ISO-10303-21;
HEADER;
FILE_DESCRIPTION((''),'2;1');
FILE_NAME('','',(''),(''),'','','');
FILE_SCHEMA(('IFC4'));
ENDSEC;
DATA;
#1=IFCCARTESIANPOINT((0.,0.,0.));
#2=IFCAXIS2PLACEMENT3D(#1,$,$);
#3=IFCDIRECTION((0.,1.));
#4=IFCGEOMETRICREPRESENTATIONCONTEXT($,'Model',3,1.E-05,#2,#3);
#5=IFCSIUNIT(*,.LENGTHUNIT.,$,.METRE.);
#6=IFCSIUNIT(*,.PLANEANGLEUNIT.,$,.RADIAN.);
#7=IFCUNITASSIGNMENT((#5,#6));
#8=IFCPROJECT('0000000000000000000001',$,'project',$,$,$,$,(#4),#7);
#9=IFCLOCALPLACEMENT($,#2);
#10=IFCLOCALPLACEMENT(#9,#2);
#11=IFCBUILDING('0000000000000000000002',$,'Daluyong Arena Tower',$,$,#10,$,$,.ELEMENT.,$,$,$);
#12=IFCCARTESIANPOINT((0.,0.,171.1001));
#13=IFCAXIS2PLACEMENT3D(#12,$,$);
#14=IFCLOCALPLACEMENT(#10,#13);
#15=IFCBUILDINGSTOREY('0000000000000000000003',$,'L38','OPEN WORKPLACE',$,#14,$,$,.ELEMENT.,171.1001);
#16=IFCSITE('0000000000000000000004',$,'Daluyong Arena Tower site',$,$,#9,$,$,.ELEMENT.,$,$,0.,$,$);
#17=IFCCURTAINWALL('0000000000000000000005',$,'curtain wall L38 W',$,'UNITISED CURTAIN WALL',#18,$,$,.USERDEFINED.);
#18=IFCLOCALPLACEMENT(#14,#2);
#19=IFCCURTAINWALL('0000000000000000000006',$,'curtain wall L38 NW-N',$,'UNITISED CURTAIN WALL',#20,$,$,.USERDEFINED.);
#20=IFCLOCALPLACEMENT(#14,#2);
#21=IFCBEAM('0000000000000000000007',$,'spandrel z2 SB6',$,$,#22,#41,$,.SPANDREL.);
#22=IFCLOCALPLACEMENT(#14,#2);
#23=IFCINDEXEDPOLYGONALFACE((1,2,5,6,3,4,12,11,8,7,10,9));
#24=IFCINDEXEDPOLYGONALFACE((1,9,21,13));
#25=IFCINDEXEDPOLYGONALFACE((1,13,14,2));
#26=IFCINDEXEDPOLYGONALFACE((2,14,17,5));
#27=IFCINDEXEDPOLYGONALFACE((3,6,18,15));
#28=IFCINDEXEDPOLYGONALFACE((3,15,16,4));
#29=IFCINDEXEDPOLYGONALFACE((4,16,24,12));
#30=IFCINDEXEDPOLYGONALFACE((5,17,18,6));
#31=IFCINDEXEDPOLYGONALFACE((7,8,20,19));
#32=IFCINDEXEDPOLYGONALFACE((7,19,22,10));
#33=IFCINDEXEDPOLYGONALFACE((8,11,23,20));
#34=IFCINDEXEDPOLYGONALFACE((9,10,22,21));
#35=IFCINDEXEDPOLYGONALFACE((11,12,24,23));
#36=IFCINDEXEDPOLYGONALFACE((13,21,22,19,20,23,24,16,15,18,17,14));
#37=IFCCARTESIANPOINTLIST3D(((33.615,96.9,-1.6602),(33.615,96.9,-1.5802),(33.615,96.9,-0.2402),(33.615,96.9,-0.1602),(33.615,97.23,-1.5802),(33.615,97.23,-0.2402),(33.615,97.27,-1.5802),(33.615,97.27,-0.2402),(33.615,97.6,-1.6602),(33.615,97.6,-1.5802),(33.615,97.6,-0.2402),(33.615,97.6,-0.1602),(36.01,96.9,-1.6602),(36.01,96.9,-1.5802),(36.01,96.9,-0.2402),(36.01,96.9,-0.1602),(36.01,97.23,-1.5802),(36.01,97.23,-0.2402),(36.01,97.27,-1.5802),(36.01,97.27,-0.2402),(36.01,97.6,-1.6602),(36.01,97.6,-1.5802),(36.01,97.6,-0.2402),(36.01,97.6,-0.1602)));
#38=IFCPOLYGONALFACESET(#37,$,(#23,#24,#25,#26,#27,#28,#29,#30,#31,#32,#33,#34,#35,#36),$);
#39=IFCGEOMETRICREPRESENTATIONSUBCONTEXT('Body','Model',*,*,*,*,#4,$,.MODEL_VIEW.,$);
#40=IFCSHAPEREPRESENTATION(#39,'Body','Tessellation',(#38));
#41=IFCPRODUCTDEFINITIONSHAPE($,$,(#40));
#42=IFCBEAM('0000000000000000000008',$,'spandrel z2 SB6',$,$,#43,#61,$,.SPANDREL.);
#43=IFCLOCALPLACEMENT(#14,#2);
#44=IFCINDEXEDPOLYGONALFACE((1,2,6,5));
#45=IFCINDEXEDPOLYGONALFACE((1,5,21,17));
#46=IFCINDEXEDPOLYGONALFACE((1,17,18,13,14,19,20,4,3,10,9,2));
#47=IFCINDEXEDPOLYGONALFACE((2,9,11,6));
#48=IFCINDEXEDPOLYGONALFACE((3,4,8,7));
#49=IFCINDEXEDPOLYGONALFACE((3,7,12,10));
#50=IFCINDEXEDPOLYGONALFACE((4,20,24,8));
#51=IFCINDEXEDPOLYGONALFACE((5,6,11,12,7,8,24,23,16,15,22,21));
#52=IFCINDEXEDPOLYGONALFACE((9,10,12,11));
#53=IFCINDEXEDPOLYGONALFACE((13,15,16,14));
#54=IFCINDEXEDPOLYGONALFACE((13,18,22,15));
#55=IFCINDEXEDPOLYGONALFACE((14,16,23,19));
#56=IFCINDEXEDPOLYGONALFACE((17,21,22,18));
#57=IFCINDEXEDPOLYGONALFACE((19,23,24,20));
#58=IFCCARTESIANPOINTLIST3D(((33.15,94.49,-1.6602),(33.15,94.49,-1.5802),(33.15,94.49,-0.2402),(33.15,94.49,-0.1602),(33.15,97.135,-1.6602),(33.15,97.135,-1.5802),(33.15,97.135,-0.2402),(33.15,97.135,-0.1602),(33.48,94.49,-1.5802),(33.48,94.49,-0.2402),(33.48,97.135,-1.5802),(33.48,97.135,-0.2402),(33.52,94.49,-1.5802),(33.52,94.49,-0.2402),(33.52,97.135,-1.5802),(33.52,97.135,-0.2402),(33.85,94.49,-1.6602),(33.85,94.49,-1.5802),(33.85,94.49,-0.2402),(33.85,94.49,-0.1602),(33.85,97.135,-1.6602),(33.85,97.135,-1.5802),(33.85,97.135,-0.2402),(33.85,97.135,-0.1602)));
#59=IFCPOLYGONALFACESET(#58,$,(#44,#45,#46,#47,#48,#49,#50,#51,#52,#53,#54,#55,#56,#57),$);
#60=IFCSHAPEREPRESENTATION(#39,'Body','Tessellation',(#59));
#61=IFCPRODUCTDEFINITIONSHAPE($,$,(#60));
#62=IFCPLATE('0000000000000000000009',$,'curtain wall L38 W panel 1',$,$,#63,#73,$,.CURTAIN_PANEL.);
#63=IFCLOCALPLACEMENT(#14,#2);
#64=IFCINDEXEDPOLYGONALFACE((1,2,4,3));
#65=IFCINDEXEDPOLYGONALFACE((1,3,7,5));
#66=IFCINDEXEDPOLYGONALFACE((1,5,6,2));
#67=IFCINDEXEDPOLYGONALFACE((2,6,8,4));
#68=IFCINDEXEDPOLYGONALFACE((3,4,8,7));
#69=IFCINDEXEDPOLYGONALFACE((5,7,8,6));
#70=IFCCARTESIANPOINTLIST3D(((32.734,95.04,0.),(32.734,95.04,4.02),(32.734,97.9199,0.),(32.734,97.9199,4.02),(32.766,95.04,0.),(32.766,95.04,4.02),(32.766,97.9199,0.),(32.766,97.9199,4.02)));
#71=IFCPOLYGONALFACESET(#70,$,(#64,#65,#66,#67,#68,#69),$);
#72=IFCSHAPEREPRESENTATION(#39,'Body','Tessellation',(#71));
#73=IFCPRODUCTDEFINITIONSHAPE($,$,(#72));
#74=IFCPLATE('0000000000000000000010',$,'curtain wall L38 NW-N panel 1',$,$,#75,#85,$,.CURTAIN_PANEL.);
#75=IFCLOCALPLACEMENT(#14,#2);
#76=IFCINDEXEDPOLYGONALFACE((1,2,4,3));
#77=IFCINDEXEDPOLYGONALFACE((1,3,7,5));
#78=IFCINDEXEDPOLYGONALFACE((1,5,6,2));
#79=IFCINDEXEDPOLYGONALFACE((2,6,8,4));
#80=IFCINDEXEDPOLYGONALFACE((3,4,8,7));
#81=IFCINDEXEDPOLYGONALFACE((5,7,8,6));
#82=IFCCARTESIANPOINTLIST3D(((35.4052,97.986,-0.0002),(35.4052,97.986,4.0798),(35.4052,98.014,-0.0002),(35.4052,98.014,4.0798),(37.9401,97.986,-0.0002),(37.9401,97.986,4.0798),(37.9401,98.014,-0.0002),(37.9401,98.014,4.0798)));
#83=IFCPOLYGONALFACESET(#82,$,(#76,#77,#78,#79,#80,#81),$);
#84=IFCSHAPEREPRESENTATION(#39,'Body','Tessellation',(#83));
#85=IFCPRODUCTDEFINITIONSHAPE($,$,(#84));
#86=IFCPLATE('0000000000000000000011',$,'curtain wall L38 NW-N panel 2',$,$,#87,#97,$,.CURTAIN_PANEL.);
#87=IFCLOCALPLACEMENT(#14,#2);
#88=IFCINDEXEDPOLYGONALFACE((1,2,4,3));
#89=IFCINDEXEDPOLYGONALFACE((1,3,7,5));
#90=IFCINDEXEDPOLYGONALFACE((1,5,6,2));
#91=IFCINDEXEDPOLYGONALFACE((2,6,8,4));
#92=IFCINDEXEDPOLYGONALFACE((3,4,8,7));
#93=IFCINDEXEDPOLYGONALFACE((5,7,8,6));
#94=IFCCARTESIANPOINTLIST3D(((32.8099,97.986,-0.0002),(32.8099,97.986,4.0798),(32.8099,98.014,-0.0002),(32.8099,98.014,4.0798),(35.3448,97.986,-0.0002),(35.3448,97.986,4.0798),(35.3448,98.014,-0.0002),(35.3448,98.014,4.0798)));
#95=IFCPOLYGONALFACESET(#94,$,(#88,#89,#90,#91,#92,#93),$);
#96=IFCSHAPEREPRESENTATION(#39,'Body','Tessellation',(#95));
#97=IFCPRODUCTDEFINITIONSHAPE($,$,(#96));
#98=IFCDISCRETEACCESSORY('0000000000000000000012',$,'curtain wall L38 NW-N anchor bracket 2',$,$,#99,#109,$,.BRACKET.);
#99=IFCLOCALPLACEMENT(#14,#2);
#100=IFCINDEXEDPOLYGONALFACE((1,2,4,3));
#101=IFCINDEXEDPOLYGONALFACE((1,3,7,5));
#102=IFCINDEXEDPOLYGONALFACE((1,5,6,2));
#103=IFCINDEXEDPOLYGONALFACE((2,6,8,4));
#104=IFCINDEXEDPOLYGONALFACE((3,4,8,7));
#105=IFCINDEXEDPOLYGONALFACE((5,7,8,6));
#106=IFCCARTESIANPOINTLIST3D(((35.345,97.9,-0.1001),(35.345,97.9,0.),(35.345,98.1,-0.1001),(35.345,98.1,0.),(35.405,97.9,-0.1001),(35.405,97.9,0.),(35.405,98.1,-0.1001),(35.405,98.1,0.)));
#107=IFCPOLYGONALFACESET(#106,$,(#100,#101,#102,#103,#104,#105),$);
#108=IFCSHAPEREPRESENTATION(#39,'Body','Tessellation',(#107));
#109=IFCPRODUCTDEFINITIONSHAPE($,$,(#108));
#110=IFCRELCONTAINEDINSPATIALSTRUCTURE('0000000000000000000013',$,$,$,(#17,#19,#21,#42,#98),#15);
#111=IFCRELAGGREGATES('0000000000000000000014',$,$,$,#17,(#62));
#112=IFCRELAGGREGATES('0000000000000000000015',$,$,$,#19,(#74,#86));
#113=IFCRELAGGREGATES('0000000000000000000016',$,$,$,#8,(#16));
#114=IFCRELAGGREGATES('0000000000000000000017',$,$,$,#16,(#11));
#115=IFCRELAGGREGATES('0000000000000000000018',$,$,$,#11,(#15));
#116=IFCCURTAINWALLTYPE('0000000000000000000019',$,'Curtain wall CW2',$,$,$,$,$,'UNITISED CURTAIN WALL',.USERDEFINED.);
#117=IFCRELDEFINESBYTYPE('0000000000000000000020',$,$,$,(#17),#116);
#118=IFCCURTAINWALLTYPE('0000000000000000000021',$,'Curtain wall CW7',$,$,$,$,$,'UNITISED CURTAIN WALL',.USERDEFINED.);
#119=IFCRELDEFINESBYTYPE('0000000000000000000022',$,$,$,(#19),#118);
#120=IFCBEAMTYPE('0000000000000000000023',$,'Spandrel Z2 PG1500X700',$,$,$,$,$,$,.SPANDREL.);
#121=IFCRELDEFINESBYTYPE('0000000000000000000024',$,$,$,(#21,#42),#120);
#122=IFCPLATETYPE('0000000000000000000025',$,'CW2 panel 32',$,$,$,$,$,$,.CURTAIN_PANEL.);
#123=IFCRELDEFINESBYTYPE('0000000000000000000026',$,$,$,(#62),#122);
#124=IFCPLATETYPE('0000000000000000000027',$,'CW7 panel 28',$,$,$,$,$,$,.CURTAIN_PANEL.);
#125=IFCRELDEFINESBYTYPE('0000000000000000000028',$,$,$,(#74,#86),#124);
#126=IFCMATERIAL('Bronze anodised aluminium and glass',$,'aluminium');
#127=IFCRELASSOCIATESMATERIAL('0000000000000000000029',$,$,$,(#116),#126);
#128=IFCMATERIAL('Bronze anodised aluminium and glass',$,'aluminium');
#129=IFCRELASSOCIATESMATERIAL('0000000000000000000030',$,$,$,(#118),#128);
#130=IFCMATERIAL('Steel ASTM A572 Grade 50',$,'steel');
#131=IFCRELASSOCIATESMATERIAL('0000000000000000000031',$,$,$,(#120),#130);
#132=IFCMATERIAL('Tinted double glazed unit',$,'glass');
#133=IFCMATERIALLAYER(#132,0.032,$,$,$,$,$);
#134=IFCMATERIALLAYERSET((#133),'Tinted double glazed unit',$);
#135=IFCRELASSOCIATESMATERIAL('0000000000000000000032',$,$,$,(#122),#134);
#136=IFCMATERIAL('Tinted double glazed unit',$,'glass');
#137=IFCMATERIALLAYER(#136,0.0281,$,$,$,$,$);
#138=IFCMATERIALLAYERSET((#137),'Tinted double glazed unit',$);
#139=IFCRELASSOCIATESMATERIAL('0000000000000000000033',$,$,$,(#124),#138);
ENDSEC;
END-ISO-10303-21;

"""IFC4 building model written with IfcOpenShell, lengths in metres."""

from ifc_helpers import new_model, si_unit, direction, frame, origin, origin_2d, place, context, subcontext, project, spatial, rectangle, i_section, extrude, material, layer, layer_set, material_profile, profile_set, type_object, element, aggregate, save


model = new_model("IFC4")

# Units and contexts
model_context = context("Model", 3, precision=1e-05, world=origin(), true_north=direction((0.0, 1.0)))
body_context = subcontext(model_context, "Body", "Model", "MODEL_VIEW")
ifc_project = project(units=[si_unit("LENGTHUNIT", "METRE"), si_unit("PLANEANGLEUNIT", "RADIAN")], contexts=[model_context])

# Site, building, storey
site_placement = place(None, origin())
site = spatial("IfcSite", under=ifc_project, at=site_placement, Name="Daluyong Arena Tower site", CompositionType="ELEMENT", RefElevation=0.0)
building_placement = place(site_placement, origin())
building = spatial("IfcBuilding", under=site, at=building_placement, Name="Daluyong Arena Tower", CompositionType="ELEMENT")
storey_placement = place(building_placement, frame((0.0, 0.0, 171.1001)))
storey = spatial("IfcBuildingStorey", under=building, at=storey_placement, Name="L38", Description="OPEN WORKPLACE", CompositionType="ELEMENT", Elevation=171.1001)

# Curtain walls
ifc_material_1 = material(Name="Bronze anodised aluminium and glass", Category="aluminium")
curtain_wall_type_1 = type_object("IfcCurtainWallType", Name="Curtain wall CW2", ElementType="UNITISED CURTAIN WALL", PredefinedType="USERDEFINED", material=ifc_material_1)
curtain_wall_1_placement = place(storey_placement, origin())
curtain_wall_1 = element("IfcCurtainWall", 1, at=curtain_wall_1_placement, inside=storey, type_object=curtain_wall_type_1, Name="curtain wall L38 W", ObjectType="UNITISED CURTAIN WALL", PredefinedType="USERDEFINED")
ifc_material_2 = material(Name="Bronze anodised aluminium and glass", Category="aluminium")
curtain_wall_type_2 = type_object("IfcCurtainWallType", Name="Curtain wall CW7", ElementType="UNITISED CURTAIN WALL", PredefinedType="USERDEFINED", material=ifc_material_2)
curtain_wall_2_placement = place(storey_placement, origin())
curtain_wall_2 = element("IfcCurtainWall", 2, at=curtain_wall_2_placement, inside=storey, type_object=curtain_wall_type_2, Name="curtain wall L38 NW-N", ObjectType="UNITISED CURTAIN WALL", PredefinedType="USERDEFINED")

# Beams
ifc_material_3 = material(Name="Steel ASTM A572 Grade 50", Category="steel")
ifc_material_profile_1 = material_profile(ifc_material_3, i_section(OverallWidth=0.7, OverallDepth=1.5, WebThickness=0.04, FlangeThickness=0.08, at=origin_2d()))
ifc_profile_set_1 = profile_set([ifc_material_profile_1], Name="Steel ASTM A572 Grade 50")
beam_type = type_object("IfcBeamType", Name="Spandrel Z2 PG1500X700", PredefinedType="SPANDREL", material=ifc_profile_set_1)
beam_1_placement = place(storey_placement, frame((36.01, 97.25, -0.9102), z_axis=(-1.0, 0.0, 0.0), x_axis=(0.0, -1.0, 0.0)))
element("IfcBeam", 3, at=beam_1_placement, inside=storey, type_object=beam_type, Name="spandrel z2 SB6", PredefinedType="SPANDREL", context=body_context, shape_type="SweptSolid", body=[
    extrude(i_section(OverallWidth=0.7, OverallDepth=1.5, WebThickness=0.04, FlangeThickness=0.08, at=origin_2d()), origin(), (0.0, 0.0, 1.0), 2.395),
])
beam_2_placement = place(storey_placement, frame((33.5, 97.135, -0.9102), z_axis=(0.0, -1.0, 0.0), x_axis=(1.0, 0.0, 0.0)))
element("IfcBeam", 4, at=beam_2_placement, inside=storey, type_object=beam_type, Name="spandrel z2 SB6", PredefinedType="SPANDREL", context=body_context, shape_type="SweptSolid", body=[
    extrude(i_section(OverallWidth=0.7, OverallDepth=1.5, WebThickness=0.04, FlangeThickness=0.08, at=origin_2d()), origin(), (0.0, 0.0, 1.0), 2.645),
])

# Plates
ifc_material_4 = material(Name="Tinted double glazed unit", Category="glass")
ifc_layer_1 = layer(ifc_material_4, 0.032)
ifc_layer_set_1 = layer_set([ifc_layer_1], Name="Tinted double glazed unit")
plate_type_1 = type_object("IfcPlateType", Name="CW2 panel 32", PredefinedType="CURTAIN_PANEL", material=ifc_layer_set_1)
plate_1_placement = place(storey_placement, frame((32.75, 96.48, 0.0), z_axis=(0.0, 0.0, 1.0), x_axis=(0.0, -1.0, 0.0)))
plate_1 = element("IfcPlate", 5, at=plate_1_placement, type_object=plate_type_1, Name="curtain wall L38 W panel 1", PredefinedType="CURTAIN_PANEL", context=body_context, shape_type="SweptSolid", body=[
    extrude(rectangle(XDim=2.8799, YDim=0.032, at=origin_2d()), origin(), (0.0, 0.0, 1.0), 4.02),
])
aggregate(curtain_wall_1, [plate_1])
ifc_material_5 = material(Name="Tinted double glazed unit", Category="glass")
ifc_layer_2 = layer(ifc_material_5, 0.0281)
ifc_layer_set_2 = layer_set([ifc_layer_2], Name="Tinted double glazed unit")
plate_type_2 = type_object("IfcPlateType", Name="CW7 panel 28", PredefinedType="CURTAIN_PANEL", material=ifc_layer_set_2)
plate_2_placement = place(storey_placement, frame((36.6726, 98.0, -0.0002), z_axis=(0.0, 0.0, 1.0), x_axis=(-1.0, 0.0, 0.0)))
plate_2 = element("IfcPlate", 6, at=plate_2_placement, type_object=plate_type_2, Name="curtain wall L38 NW-N panel 1", PredefinedType="CURTAIN_PANEL", context=body_context, shape_type="SweptSolid", body=[
    extrude(rectangle(XDim=2.5349, YDim=0.0281, at=origin_2d()), origin(), (0.0, 0.0, 1.0), 4.0801),
])
plate_3_placement = place(storey_placement, frame((34.0774, 98.0, -0.0002), z_axis=(0.0, 0.0, 1.0), x_axis=(-1.0, 0.0, 0.0)))
plate_3 = element("IfcPlate", 7, at=plate_3_placement, type_object=plate_type_2, Name="curtain wall L38 NW-N panel 2", PredefinedType="CURTAIN_PANEL", context=body_context, shape_type="SweptSolid", body=[
    extrude(rectangle(XDim=2.5349, YDim=0.0281, at=origin_2d()), origin(), (0.0, 0.0, 1.0), 4.0801),
])
aggregate(curtain_wall_2, [plate_2, plate_3])

# Discrete accessory
discrete_accessory_placement = place(storey_placement, frame((35.375, 98.0, -0.1001), z_axis=(0.0, 0.0, 1.0), x_axis=(-1.0, 0.0, 0.0)))
element("IfcDiscreteAccessory", 8, at=discrete_accessory_placement, inside=storey, Name="curtain wall L38 NW-N anchor bracket 2", PredefinedType="BRACKET", context=body_context, shape_type="SweptSolid", body=[
    extrude(rectangle(XDim=0.0601, YDim=0.2, at=origin_2d()), origin(), (0.0, 0.0, 1.0), 0.1001),
])

save(model, "model.ifc")
